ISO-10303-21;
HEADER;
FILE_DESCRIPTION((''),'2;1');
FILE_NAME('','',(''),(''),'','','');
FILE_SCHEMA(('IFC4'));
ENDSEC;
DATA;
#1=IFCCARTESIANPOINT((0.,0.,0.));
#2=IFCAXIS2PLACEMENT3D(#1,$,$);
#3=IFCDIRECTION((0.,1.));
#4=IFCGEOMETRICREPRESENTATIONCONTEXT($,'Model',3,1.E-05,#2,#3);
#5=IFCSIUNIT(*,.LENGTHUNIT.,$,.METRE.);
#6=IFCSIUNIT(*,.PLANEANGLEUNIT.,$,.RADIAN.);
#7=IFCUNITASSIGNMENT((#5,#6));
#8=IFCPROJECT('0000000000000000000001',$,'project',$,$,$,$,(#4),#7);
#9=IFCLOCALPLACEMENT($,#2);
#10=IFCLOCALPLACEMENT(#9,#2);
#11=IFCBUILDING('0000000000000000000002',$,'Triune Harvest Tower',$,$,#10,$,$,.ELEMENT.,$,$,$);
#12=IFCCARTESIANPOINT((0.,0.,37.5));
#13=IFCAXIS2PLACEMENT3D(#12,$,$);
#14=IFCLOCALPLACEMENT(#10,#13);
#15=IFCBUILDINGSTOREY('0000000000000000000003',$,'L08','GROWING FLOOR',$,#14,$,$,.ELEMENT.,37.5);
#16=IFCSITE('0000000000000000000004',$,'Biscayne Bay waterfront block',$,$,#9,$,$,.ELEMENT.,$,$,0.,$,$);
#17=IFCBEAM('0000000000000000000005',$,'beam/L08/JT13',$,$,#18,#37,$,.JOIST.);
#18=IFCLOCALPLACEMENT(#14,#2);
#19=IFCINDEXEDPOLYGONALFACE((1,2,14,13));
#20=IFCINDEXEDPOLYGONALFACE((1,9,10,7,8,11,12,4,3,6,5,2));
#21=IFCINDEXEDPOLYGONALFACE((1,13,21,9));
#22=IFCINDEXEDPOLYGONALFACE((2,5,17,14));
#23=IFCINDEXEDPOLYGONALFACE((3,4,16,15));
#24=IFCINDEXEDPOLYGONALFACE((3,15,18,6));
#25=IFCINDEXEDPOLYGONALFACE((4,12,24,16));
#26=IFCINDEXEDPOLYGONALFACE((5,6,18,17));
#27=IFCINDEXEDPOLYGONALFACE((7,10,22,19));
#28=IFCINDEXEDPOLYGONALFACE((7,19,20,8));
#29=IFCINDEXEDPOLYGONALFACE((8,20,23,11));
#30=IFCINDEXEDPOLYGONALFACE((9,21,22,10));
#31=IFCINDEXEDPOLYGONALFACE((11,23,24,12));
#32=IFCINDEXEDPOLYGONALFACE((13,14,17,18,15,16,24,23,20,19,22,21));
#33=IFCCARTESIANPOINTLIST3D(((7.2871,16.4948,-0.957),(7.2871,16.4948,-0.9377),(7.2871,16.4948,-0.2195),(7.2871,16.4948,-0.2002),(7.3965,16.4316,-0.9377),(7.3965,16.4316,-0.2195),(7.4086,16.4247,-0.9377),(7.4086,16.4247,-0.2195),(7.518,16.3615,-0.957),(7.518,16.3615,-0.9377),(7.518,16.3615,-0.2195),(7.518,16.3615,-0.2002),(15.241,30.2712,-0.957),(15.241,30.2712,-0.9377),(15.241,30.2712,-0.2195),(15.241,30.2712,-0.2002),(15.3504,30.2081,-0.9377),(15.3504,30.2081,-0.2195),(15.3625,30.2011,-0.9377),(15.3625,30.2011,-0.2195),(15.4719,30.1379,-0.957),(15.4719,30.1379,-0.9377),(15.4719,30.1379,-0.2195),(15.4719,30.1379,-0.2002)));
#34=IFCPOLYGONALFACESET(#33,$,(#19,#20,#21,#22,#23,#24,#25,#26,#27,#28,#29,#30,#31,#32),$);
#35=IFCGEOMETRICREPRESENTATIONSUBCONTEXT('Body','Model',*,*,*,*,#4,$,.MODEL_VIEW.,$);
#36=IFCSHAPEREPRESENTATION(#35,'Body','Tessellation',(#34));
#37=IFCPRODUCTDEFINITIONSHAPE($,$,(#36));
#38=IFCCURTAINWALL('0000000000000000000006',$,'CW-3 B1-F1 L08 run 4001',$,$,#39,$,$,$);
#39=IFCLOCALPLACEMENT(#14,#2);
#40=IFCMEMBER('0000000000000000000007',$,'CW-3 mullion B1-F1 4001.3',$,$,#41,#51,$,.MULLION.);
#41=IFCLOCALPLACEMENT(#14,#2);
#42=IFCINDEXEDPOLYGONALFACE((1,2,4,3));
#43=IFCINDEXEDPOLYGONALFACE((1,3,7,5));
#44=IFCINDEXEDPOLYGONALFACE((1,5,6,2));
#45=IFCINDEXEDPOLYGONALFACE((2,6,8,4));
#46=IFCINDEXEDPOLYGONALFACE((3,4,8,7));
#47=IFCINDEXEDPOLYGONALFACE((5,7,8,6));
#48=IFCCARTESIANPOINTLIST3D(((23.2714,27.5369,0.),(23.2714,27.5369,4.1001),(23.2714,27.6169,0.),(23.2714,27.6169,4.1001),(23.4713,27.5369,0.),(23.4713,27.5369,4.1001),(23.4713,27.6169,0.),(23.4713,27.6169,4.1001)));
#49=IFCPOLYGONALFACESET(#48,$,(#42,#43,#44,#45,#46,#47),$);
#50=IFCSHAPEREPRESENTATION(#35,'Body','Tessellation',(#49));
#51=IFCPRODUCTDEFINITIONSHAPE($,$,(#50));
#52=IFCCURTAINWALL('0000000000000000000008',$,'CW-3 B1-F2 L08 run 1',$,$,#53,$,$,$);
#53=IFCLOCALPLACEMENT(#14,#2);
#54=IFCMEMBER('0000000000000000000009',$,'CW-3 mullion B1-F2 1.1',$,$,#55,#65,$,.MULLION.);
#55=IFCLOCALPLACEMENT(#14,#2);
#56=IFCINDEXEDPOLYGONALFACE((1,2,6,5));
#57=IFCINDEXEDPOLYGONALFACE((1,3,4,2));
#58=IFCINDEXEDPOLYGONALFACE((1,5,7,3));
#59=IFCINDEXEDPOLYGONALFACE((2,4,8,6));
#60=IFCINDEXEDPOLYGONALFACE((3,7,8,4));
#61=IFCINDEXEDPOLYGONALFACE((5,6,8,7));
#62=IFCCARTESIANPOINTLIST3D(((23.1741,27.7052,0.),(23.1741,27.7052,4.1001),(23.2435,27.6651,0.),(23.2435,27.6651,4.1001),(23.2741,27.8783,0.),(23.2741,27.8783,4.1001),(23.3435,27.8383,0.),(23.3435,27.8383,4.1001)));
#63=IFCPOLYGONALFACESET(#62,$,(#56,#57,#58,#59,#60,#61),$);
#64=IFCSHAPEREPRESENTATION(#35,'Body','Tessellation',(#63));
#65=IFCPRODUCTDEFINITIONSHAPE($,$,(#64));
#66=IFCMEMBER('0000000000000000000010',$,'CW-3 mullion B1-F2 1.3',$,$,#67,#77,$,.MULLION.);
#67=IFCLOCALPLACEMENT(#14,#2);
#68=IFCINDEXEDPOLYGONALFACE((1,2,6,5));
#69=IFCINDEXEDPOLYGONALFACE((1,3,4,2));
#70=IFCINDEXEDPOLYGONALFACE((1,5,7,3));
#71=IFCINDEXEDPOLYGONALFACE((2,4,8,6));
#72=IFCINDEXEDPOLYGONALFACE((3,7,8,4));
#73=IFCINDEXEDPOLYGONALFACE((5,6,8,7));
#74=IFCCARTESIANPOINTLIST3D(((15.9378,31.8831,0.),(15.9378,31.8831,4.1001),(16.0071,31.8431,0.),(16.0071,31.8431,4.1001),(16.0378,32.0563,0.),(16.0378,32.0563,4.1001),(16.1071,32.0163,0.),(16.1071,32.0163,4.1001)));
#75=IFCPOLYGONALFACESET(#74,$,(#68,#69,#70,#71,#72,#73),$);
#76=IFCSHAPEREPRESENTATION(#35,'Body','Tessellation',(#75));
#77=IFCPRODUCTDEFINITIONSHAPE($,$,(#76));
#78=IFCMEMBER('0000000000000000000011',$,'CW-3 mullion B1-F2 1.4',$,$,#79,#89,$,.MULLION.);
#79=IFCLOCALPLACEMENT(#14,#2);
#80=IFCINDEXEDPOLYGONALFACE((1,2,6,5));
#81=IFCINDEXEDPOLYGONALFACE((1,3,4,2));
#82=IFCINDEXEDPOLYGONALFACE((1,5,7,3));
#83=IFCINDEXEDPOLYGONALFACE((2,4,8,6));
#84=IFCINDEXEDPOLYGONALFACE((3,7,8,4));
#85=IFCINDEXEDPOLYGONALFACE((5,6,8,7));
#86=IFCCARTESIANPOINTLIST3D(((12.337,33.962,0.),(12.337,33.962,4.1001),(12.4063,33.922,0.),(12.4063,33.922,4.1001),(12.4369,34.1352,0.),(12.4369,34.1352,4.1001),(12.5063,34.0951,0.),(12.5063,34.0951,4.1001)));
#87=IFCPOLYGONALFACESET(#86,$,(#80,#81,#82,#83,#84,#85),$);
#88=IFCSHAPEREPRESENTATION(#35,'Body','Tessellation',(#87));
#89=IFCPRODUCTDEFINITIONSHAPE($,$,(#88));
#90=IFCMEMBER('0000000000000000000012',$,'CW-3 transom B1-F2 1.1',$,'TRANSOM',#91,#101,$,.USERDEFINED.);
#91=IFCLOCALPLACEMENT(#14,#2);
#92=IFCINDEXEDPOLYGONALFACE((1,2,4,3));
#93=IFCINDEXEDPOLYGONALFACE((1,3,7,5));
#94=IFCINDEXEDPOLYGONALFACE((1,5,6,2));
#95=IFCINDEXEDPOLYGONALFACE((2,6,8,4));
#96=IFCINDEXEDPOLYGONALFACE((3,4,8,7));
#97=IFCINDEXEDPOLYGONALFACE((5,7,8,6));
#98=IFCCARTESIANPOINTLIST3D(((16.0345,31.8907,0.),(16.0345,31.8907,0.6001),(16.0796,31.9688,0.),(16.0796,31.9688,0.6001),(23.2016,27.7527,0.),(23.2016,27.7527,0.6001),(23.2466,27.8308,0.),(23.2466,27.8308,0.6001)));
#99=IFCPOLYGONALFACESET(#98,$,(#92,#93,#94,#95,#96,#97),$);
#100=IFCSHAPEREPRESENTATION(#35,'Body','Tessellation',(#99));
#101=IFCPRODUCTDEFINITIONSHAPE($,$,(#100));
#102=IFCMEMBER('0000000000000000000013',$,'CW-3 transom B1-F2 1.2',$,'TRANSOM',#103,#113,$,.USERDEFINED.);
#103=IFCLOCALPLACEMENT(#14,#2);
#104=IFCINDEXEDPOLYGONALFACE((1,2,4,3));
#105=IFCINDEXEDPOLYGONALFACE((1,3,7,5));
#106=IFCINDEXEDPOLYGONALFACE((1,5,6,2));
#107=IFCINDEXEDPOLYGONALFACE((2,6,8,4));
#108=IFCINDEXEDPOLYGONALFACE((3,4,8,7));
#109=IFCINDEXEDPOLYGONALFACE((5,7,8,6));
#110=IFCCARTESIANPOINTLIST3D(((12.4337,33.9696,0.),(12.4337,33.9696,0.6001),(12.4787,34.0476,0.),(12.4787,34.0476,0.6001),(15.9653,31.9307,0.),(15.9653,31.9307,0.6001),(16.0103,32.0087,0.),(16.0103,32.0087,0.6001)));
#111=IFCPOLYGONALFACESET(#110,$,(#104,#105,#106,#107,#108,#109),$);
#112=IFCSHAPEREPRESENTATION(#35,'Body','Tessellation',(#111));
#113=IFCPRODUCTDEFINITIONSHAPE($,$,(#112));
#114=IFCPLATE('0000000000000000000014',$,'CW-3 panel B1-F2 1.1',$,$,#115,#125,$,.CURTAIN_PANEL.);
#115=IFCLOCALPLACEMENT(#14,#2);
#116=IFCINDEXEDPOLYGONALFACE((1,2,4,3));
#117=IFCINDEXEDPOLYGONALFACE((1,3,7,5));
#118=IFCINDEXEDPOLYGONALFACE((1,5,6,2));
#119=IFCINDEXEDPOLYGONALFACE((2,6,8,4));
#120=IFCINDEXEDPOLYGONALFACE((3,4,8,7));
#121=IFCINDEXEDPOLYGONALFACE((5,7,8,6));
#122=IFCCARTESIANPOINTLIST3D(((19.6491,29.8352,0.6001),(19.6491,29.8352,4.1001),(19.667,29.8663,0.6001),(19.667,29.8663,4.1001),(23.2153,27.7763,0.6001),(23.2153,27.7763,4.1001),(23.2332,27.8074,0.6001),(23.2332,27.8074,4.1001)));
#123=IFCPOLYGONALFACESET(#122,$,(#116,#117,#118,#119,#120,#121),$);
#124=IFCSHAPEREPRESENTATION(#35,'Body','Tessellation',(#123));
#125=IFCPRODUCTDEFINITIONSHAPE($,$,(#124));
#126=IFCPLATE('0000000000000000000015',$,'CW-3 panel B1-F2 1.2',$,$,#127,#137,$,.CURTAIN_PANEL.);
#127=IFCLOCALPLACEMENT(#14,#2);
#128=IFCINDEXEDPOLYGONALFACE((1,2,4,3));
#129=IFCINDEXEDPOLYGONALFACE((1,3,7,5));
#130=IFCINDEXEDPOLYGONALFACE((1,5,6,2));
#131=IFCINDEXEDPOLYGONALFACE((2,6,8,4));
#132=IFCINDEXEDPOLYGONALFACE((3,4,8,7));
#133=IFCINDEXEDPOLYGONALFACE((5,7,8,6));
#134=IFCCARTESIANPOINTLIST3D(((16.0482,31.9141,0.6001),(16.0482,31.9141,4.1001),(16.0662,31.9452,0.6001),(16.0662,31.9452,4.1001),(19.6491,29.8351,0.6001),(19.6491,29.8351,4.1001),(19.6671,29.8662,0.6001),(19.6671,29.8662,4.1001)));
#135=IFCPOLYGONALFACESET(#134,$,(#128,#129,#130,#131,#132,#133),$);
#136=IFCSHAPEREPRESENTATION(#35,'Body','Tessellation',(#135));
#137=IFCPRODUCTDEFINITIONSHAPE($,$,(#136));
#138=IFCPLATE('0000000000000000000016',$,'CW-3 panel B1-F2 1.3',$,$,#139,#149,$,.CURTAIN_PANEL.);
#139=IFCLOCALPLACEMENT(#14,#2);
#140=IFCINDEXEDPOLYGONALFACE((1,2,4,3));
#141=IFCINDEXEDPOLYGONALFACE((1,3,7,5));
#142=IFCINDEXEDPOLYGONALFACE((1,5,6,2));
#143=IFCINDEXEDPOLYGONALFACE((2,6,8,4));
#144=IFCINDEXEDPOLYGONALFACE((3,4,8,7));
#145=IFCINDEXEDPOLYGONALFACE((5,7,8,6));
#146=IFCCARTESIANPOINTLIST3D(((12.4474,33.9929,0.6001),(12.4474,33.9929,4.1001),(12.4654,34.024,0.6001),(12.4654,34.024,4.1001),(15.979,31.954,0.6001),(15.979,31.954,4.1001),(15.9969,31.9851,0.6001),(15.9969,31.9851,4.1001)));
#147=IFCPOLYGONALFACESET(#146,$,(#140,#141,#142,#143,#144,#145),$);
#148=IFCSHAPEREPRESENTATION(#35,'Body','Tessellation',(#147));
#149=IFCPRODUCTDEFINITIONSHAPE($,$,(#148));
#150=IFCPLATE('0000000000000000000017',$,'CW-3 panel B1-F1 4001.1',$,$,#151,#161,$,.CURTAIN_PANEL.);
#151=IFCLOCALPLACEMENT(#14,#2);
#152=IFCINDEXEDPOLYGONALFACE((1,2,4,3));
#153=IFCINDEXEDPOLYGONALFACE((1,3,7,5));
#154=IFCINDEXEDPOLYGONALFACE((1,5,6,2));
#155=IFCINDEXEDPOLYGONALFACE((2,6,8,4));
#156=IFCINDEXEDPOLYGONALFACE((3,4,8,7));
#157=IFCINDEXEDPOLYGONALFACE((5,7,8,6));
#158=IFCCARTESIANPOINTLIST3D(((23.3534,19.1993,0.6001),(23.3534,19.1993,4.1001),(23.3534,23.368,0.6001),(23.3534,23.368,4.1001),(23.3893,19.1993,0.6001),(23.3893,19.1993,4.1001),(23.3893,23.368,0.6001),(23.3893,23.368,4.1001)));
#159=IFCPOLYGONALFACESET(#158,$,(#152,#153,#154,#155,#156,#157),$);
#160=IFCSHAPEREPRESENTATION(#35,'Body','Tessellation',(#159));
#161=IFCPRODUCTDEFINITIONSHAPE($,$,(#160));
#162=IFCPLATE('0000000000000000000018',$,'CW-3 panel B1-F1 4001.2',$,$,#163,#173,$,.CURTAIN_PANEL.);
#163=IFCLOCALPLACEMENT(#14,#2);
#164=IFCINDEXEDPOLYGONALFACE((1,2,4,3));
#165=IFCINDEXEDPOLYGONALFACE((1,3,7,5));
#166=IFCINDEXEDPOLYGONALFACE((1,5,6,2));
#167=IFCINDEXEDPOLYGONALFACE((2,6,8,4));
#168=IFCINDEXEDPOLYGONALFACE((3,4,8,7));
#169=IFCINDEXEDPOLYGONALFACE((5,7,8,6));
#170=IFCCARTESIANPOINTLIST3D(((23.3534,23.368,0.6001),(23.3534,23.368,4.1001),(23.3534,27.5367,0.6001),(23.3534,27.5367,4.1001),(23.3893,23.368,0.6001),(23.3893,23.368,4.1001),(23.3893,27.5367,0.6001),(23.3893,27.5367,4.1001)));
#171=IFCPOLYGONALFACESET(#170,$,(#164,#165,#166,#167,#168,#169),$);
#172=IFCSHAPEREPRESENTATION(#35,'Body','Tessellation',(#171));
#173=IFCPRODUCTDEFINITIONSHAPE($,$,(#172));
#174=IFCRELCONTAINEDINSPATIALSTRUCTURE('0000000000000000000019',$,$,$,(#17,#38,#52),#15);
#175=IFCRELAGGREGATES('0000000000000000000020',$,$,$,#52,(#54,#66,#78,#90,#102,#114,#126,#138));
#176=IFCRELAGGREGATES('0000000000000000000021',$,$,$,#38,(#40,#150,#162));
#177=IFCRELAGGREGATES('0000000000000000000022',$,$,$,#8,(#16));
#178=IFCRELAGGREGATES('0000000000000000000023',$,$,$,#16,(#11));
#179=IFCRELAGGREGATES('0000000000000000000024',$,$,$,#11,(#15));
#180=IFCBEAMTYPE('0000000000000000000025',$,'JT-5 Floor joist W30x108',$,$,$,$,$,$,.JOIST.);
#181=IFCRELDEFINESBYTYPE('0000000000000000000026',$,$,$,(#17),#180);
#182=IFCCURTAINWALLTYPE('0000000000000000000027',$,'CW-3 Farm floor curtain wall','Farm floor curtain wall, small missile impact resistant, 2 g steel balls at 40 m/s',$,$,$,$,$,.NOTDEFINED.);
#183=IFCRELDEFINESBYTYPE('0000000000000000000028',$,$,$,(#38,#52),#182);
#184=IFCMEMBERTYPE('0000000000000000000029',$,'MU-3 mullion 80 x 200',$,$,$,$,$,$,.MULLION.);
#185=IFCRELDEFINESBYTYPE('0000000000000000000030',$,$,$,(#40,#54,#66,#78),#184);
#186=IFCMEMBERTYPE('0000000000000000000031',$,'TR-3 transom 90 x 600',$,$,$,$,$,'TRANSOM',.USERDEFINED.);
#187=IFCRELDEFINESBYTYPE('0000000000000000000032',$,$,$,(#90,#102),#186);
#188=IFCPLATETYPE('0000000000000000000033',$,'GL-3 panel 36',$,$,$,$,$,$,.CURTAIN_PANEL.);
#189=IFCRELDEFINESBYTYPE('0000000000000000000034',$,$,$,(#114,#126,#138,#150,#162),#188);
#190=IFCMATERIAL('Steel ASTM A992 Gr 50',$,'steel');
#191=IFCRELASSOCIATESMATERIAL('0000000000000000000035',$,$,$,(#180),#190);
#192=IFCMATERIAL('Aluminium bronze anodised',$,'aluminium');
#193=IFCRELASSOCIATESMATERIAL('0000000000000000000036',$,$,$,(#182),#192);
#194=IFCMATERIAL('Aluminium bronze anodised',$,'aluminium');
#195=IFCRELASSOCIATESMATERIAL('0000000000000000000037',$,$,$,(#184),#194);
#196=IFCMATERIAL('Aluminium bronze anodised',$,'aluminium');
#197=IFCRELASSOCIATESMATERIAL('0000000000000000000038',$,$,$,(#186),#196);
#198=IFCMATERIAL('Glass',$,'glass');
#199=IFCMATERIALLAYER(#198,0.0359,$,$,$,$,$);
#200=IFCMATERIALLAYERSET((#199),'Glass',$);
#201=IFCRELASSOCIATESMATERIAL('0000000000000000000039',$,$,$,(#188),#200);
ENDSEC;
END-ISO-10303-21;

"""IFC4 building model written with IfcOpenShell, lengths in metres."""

from ifc_helpers import new_model, si_unit, direction, frame, origin, origin_2d, place, context, subcontext, project, spatial, rectangle, i_section, extrude, source, transform, mapped, material, layer, layer_set, material_profile, profile_set, type_object, element, aggregate, save


model = new_model("IFC4")

# Units and contexts
model_context = context("Model", 3, precision=1e-05, world=origin(), true_north=direction((0.0, 1.0)))
body_context = subcontext(model_context, "Body", "Model", "MODEL_VIEW")
ifc_project = project(units=[si_unit("LENGTHUNIT", "METRE"), si_unit("PLANEANGLEUNIT", "RADIAN")], contexts=[model_context])

# Site, building, storey
site_placement = place(None, origin())
site = spatial("IfcSite", under=ifc_project, at=site_placement, Name="Biscayne Bay waterfront block", CompositionType="ELEMENT", RefElevation=0.0)
building_placement = place(site_placement, origin())
building = spatial("IfcBuilding", under=site, at=building_placement, Name="Triune Harvest Tower", CompositionType="ELEMENT")
storey_placement = place(building_placement, frame((0.0, 0.0, 37.5)))
storey = spatial("IfcBuildingStorey", under=building, at=storey_placement, Name="L08", Description="GROWING FLOOR", CompositionType="ELEMENT", Elevation=37.5)

# Beam
ifc_material_1 = material(Name="Steel ASTM A992 Gr 50", Category="steel")
ifc_material_profile_1 = material_profile(ifc_material_1, i_section(OverallWidth=0.2666, OverallDepth=0.7568, WebThickness=0.0139, FlangeThickness=0.0193, at=origin_2d()), Name="W30x108")
ifc_profile_set_1 = profile_set([ifc_material_profile_1], Name="Steel ASTM A992 Gr 50")
beam_type_1 = type_object("IfcBeamType", Name="JT-5 Floor joist W30x108", PredefinedType="JOIST", material=ifc_profile_set_1)
shared_shape_1 = source(origin(), body_context, "Body", "SweptSolid", [
    extrude(i_section(OverallWidth=0.2666, OverallDepth=0.7568, WebThickness=0.0139, FlangeThickness=0.0193, at=origin_2d()), origin(), (0.0, 0.0, 1.0), 15.9077),
])
beam_1_placement = place(storey_placement, frame((15.3564, 30.2046, -0.5786), z_axis=(-0.500003, -0.866024, 0.0), x_axis=(0.866024, -0.500003, 0.0)))
element("IfcBeam", 1, at=beam_1_placement, inside=storey, type_object=beam_type_1, Name="beam/L08/JT13", PredefinedType="JOIST", context=body_context, shape_type="MappedRepresentation", body=[
    mapped(shared_shape_1, transform((0.0, 0.0, 0.0), scale=1.0)),
])

# Curtain wall, member
ifc_material_2 = material(Name="Aluminium bronze anodised", Category="aluminium")
curtain_wall_type = type_object("IfcCurtainWallType", Name="CW-3 Farm floor curtain wall", Description="Farm floor curtain wall, small missile impact resistant, 2 g steel balls at 40 m/s", PredefinedType="NOTDEFINED", material=ifc_material_2)
curtain_wall_1_placement = place(storey_placement, origin())
curtain_wall_1 = element("IfcCurtainWall", 2, at=curtain_wall_1_placement, inside=storey, type_object=curtain_wall_type, Name="CW-3 B1-F1 L08 run 4001")
ifc_material_3 = material(Name="Aluminium bronze anodised", Category="aluminium")
ifc_material_profile_2 = material_profile(ifc_material_3, rectangle(XDim=0.2, YDim=0.0801, at=origin_2d()), Name="MU-3 mullion 80 x 200")
ifc_profile_set_2 = profile_set([ifc_material_profile_2], Name="Aluminium bronze anodised")
member_type_1 = type_object("IfcMemberType", Name="MU-3 mullion 80 x 200", PredefinedType="MULLION", material=ifc_profile_set_2)
shared_shape_2 = source(origin(), body_context, "Body", "SweptSolid", [
    extrude(rectangle(XDim=0.2, YDim=0.0801, at=origin_2d()), origin(), (0.0, 0.0, 1.0), 4.1001),
])
member_1_placement = place(storey_placement, frame((23.3713, 27.5769, 0.0), z_axis=(0.0, 0.0, 1.0), x_axis=(-1.0, 0.0, 0.0)))
member_1 = element("IfcMember", 3, at=member_1_placement, type_object=member_type_1, Name="CW-3 mullion B1-F1 4001.3", PredefinedType="MULLION", context=body_context, shape_type="MappedRepresentation", body=[
    mapped(shared_shape_2, transform((0.0, 0.0, 0.0), scale=1.0)),
])

# Curtain wall, members, plates
curtain_wall_2_placement = place(storey_placement, origin())
curtain_wall_2 = element("IfcCurtainWall", 4, at=curtain_wall_2_placement, inside=storey, type_object=curtain_wall_type, Name="CW-3 B1-F2 L08 run 1")
member_2_placement = place(storey_placement, frame((23.2588, 27.7717, 0.0), z_axis=(0.0, 0.0, 1.0), x_axis=(-0.499999, -0.866026, 0.0)))
member_2 = element("IfcMember", 5, at=member_2_placement, type_object=member_type_1, Name="CW-3 mullion B1-F2 1.1", PredefinedType="MULLION", context=body_context, shape_type="MappedRepresentation", body=[
    mapped(shared_shape_2, transform((0.0, 0.0, 0.0), scale=1.0)),
])
member_3_placement = place(storey_placement, frame((16.0225, 31.9497, 0.0), z_axis=(0.0, 0.0, 1.0), x_axis=(-0.499999, -0.866026, 0.0)))
member_3 = element("IfcMember", 6, at=member_3_placement, type_object=member_type_1, Name="CW-3 mullion B1-F2 1.3", PredefinedType="MULLION", context=body_context, shape_type="MappedRepresentation", body=[
    mapped(shared_shape_2, transform((0.0, 0.0, 0.0), scale=1.0)),
])
member_4_placement = place(storey_placement, frame((12.4216, 34.0286, 0.0), z_axis=(0.0, 0.0, 1.0), x_axis=(-0.499999, -0.866026, 0.0)))
member_4 = element("IfcMember", 7, at=member_4_placement, type_object=member_type_1, Name="CW-3 mullion B1-F2 1.4", PredefinedType="MULLION", context=body_context, shape_type="MappedRepresentation", body=[
    mapped(shared_shape_2, transform((0.0, 0.0, 0.0), scale=1.0)),
])
ifc_material_4 = material(Name="Aluminium bronze anodised", Category="aluminium")
ifc_material_profile_3 = material_profile(ifc_material_4, rectangle(XDim=0.0901, YDim=0.6001, at=origin_2d()), Name="TR-3 transom 90 x 600")
ifc_profile_set_3 = profile_set([ifc_material_profile_3], Name="Aluminium bronze anodised")
member_type_2 = type_object("IfcMemberType", Name="TR-3 transom 90 x 600", ElementType="TRANSOM", PredefinedType="USERDEFINED", material=ifc_profile_set_3)
shared_shape_3 = source(origin(), body_context, "Body", "SweptSolid", [
    extrude(rectangle(XDim=0.0901, YDim=0.6001, at=origin_2d()), origin(), (0.0, 0.0, 1.0), 8.2759),
])
member_5_placement = place(storey_placement, frame((23.2241, 27.7917, 0.3), z_axis=(-0.866022, 0.500007, 0.0), x_axis=(-0.500007, -0.866022, 0.0)))
member_5 = element("IfcMember", 8, at=member_5_placement, type_object=member_type_2, Name="CW-3 transom B1-F2 1.1", ObjectType="TRANSOM", PredefinedType="USERDEFINED", context=body_context, shape_type="MappedRepresentation", body=[
    mapped(shared_shape_3, transform((0.0, 0.0, 0.0), scale=1.0)),
])
shared_shape_4 = source(origin(), body_context, "Body", "SweptSolid", [
    extrude(rectangle(XDim=0.0901, YDim=0.6001, at=origin_2d()), origin(), (0.0, 0.0, 1.0), 4.0779),
])
member_6_placement = place(storey_placement, frame((15.9878, 31.9697, 0.3), z_axis=(-0.866035, 0.499983, 0.0), x_axis=(-0.499983, -0.866035, 0.0)))
member_6 = element("IfcMember", 9, at=member_6_placement, type_object=member_type_2, Name="CW-3 transom B1-F2 1.2", ObjectType="TRANSOM", PredefinedType="USERDEFINED", context=body_context, shape_type="MappedRepresentation", body=[
    mapped(shared_shape_4, transform((0.0, 0.0, 0.0), scale=1.0)),
])
ifc_material_5 = material(Name="Glass", Category="glass")
ifc_layer_1 = layer(ifc_material_5, 0.0359)
ifc_layer_set_1 = layer_set([ifc_layer_1], Name="Glass")
plate_type = type_object("IfcPlateType", Name="GL-3 panel 36", PredefinedType="CURTAIN_PANEL", material=ifc_layer_set_1)
shared_shape_5 = source(origin(), body_context, "Body", "SweptSolid", [
    extrude(rectangle(XDim=4.1179, YDim=0.0359, at=origin_2d()), origin(), (0.0, 0.0, 1.0), 3.5),
])
plate_1_placement = place(storey_placement, frame((21.4412, 28.8213, 0.6001), z_axis=(0.0, 0.0, 1.0), x_axis=(-0.866026, 0.499999, 0.0)))
plate_1 = element("IfcPlate", 10, at=plate_1_placement, type_object=plate_type, Name="CW-3 panel B1-F2 1.1", PredefinedType="CURTAIN_PANEL", context=body_context, shape_type="MappedRepresentation", body=[
    mapped(shared_shape_5, transform((0.0, 0.0, 0.0), scale=1.0)),
])
shared_shape_6 = source(origin(), body_context, "Body", "SweptSolid", [
    extrude(rectangle(XDim=4.158, YDim=0.0359, at=origin_2d()), origin(), (0.0, 0.0, 1.0), 3.5),
])
plate_2_placement = place(storey_placement, frame((17.8577, 30.8901, 0.6001), z_axis=(0.0, 0.0, 1.0), x_axis=(-0.866026, 0.499999, 0.0)))
plate_2 = element("IfcPlate", 11, at=plate_2_placement, type_object=plate_type, Name="CW-3 panel B1-F2 1.2", PredefinedType="CURTAIN_PANEL", context=body_context, shape_type="MappedRepresentation", body=[
    mapped(shared_shape_6, transform((0.0, 0.0, 0.0), scale=1.0)),
])
shared_shape_7 = source(origin(), body_context, "Body", "SweptSolid", [
    extrude(rectangle(XDim=4.0779, YDim=0.0359, at=origin_2d()), origin(), (0.0, 0.0, 1.0), 3.5),
])
plate_3_placement = place(storey_placement, frame((14.2222, 32.989, 0.6001), z_axis=(0.0, 0.0, 1.0), x_axis=(-0.866026, 0.499999, 0.0)))
plate_3 = element("IfcPlate", 12, at=plate_3_placement, type_object=plate_type, Name="CW-3 panel B1-F2 1.3", PredefinedType="CURTAIN_PANEL", context=body_context, shape_type="MappedRepresentation", body=[
    mapped(shared_shape_7, transform((0.0, 0.0, 0.0), scale=1.0)),
])
aggregate(curtain_wall_2, [member_2, member_3, member_4, member_5, member_6, plate_1, plate_2, plate_3])

# Plates
shared_shape_8 = source(origin(), body_context, "Body", "SweptSolid", [
    extrude(rectangle(XDim=4.1687, YDim=0.0359, at=origin_2d()), origin(), (0.0, 0.0, 1.0), 3.5),
])
plate_4_placement = place(storey_placement, frame((23.3713, 21.2837, 0.6001), z_axis=(0.0, 0.0, 1.0), x_axis=(0.0, 1.0, 0.0)))
plate_4 = element("IfcPlate", 13, at=plate_4_placement, type_object=plate_type, Name="CW-3 panel B1-F1 4001.1", PredefinedType="CURTAIN_PANEL", context=body_context, shape_type="MappedRepresentation", body=[
    mapped(shared_shape_8, transform((0.0, 0.0, 0.0), scale=1.0)),
])
plate_5_placement = place(storey_placement, frame((23.3713, 25.4524, 0.6001), z_axis=(0.0, 0.0, 1.0), x_axis=(0.0, 1.0, 0.0)))
plate_5 = element("IfcPlate", 14, at=plate_5_placement, type_object=plate_type, Name="CW-3 panel B1-F1 4001.2", PredefinedType="CURTAIN_PANEL", context=body_context, shape_type="MappedRepresentation", body=[
    mapped(shared_shape_8, transform((0.0, 0.0, 0.0), scale=1.0)),
])
aggregate(curtain_wall_1, [member_1, plate_4, plate_5])

save(model, "model.ifc")
